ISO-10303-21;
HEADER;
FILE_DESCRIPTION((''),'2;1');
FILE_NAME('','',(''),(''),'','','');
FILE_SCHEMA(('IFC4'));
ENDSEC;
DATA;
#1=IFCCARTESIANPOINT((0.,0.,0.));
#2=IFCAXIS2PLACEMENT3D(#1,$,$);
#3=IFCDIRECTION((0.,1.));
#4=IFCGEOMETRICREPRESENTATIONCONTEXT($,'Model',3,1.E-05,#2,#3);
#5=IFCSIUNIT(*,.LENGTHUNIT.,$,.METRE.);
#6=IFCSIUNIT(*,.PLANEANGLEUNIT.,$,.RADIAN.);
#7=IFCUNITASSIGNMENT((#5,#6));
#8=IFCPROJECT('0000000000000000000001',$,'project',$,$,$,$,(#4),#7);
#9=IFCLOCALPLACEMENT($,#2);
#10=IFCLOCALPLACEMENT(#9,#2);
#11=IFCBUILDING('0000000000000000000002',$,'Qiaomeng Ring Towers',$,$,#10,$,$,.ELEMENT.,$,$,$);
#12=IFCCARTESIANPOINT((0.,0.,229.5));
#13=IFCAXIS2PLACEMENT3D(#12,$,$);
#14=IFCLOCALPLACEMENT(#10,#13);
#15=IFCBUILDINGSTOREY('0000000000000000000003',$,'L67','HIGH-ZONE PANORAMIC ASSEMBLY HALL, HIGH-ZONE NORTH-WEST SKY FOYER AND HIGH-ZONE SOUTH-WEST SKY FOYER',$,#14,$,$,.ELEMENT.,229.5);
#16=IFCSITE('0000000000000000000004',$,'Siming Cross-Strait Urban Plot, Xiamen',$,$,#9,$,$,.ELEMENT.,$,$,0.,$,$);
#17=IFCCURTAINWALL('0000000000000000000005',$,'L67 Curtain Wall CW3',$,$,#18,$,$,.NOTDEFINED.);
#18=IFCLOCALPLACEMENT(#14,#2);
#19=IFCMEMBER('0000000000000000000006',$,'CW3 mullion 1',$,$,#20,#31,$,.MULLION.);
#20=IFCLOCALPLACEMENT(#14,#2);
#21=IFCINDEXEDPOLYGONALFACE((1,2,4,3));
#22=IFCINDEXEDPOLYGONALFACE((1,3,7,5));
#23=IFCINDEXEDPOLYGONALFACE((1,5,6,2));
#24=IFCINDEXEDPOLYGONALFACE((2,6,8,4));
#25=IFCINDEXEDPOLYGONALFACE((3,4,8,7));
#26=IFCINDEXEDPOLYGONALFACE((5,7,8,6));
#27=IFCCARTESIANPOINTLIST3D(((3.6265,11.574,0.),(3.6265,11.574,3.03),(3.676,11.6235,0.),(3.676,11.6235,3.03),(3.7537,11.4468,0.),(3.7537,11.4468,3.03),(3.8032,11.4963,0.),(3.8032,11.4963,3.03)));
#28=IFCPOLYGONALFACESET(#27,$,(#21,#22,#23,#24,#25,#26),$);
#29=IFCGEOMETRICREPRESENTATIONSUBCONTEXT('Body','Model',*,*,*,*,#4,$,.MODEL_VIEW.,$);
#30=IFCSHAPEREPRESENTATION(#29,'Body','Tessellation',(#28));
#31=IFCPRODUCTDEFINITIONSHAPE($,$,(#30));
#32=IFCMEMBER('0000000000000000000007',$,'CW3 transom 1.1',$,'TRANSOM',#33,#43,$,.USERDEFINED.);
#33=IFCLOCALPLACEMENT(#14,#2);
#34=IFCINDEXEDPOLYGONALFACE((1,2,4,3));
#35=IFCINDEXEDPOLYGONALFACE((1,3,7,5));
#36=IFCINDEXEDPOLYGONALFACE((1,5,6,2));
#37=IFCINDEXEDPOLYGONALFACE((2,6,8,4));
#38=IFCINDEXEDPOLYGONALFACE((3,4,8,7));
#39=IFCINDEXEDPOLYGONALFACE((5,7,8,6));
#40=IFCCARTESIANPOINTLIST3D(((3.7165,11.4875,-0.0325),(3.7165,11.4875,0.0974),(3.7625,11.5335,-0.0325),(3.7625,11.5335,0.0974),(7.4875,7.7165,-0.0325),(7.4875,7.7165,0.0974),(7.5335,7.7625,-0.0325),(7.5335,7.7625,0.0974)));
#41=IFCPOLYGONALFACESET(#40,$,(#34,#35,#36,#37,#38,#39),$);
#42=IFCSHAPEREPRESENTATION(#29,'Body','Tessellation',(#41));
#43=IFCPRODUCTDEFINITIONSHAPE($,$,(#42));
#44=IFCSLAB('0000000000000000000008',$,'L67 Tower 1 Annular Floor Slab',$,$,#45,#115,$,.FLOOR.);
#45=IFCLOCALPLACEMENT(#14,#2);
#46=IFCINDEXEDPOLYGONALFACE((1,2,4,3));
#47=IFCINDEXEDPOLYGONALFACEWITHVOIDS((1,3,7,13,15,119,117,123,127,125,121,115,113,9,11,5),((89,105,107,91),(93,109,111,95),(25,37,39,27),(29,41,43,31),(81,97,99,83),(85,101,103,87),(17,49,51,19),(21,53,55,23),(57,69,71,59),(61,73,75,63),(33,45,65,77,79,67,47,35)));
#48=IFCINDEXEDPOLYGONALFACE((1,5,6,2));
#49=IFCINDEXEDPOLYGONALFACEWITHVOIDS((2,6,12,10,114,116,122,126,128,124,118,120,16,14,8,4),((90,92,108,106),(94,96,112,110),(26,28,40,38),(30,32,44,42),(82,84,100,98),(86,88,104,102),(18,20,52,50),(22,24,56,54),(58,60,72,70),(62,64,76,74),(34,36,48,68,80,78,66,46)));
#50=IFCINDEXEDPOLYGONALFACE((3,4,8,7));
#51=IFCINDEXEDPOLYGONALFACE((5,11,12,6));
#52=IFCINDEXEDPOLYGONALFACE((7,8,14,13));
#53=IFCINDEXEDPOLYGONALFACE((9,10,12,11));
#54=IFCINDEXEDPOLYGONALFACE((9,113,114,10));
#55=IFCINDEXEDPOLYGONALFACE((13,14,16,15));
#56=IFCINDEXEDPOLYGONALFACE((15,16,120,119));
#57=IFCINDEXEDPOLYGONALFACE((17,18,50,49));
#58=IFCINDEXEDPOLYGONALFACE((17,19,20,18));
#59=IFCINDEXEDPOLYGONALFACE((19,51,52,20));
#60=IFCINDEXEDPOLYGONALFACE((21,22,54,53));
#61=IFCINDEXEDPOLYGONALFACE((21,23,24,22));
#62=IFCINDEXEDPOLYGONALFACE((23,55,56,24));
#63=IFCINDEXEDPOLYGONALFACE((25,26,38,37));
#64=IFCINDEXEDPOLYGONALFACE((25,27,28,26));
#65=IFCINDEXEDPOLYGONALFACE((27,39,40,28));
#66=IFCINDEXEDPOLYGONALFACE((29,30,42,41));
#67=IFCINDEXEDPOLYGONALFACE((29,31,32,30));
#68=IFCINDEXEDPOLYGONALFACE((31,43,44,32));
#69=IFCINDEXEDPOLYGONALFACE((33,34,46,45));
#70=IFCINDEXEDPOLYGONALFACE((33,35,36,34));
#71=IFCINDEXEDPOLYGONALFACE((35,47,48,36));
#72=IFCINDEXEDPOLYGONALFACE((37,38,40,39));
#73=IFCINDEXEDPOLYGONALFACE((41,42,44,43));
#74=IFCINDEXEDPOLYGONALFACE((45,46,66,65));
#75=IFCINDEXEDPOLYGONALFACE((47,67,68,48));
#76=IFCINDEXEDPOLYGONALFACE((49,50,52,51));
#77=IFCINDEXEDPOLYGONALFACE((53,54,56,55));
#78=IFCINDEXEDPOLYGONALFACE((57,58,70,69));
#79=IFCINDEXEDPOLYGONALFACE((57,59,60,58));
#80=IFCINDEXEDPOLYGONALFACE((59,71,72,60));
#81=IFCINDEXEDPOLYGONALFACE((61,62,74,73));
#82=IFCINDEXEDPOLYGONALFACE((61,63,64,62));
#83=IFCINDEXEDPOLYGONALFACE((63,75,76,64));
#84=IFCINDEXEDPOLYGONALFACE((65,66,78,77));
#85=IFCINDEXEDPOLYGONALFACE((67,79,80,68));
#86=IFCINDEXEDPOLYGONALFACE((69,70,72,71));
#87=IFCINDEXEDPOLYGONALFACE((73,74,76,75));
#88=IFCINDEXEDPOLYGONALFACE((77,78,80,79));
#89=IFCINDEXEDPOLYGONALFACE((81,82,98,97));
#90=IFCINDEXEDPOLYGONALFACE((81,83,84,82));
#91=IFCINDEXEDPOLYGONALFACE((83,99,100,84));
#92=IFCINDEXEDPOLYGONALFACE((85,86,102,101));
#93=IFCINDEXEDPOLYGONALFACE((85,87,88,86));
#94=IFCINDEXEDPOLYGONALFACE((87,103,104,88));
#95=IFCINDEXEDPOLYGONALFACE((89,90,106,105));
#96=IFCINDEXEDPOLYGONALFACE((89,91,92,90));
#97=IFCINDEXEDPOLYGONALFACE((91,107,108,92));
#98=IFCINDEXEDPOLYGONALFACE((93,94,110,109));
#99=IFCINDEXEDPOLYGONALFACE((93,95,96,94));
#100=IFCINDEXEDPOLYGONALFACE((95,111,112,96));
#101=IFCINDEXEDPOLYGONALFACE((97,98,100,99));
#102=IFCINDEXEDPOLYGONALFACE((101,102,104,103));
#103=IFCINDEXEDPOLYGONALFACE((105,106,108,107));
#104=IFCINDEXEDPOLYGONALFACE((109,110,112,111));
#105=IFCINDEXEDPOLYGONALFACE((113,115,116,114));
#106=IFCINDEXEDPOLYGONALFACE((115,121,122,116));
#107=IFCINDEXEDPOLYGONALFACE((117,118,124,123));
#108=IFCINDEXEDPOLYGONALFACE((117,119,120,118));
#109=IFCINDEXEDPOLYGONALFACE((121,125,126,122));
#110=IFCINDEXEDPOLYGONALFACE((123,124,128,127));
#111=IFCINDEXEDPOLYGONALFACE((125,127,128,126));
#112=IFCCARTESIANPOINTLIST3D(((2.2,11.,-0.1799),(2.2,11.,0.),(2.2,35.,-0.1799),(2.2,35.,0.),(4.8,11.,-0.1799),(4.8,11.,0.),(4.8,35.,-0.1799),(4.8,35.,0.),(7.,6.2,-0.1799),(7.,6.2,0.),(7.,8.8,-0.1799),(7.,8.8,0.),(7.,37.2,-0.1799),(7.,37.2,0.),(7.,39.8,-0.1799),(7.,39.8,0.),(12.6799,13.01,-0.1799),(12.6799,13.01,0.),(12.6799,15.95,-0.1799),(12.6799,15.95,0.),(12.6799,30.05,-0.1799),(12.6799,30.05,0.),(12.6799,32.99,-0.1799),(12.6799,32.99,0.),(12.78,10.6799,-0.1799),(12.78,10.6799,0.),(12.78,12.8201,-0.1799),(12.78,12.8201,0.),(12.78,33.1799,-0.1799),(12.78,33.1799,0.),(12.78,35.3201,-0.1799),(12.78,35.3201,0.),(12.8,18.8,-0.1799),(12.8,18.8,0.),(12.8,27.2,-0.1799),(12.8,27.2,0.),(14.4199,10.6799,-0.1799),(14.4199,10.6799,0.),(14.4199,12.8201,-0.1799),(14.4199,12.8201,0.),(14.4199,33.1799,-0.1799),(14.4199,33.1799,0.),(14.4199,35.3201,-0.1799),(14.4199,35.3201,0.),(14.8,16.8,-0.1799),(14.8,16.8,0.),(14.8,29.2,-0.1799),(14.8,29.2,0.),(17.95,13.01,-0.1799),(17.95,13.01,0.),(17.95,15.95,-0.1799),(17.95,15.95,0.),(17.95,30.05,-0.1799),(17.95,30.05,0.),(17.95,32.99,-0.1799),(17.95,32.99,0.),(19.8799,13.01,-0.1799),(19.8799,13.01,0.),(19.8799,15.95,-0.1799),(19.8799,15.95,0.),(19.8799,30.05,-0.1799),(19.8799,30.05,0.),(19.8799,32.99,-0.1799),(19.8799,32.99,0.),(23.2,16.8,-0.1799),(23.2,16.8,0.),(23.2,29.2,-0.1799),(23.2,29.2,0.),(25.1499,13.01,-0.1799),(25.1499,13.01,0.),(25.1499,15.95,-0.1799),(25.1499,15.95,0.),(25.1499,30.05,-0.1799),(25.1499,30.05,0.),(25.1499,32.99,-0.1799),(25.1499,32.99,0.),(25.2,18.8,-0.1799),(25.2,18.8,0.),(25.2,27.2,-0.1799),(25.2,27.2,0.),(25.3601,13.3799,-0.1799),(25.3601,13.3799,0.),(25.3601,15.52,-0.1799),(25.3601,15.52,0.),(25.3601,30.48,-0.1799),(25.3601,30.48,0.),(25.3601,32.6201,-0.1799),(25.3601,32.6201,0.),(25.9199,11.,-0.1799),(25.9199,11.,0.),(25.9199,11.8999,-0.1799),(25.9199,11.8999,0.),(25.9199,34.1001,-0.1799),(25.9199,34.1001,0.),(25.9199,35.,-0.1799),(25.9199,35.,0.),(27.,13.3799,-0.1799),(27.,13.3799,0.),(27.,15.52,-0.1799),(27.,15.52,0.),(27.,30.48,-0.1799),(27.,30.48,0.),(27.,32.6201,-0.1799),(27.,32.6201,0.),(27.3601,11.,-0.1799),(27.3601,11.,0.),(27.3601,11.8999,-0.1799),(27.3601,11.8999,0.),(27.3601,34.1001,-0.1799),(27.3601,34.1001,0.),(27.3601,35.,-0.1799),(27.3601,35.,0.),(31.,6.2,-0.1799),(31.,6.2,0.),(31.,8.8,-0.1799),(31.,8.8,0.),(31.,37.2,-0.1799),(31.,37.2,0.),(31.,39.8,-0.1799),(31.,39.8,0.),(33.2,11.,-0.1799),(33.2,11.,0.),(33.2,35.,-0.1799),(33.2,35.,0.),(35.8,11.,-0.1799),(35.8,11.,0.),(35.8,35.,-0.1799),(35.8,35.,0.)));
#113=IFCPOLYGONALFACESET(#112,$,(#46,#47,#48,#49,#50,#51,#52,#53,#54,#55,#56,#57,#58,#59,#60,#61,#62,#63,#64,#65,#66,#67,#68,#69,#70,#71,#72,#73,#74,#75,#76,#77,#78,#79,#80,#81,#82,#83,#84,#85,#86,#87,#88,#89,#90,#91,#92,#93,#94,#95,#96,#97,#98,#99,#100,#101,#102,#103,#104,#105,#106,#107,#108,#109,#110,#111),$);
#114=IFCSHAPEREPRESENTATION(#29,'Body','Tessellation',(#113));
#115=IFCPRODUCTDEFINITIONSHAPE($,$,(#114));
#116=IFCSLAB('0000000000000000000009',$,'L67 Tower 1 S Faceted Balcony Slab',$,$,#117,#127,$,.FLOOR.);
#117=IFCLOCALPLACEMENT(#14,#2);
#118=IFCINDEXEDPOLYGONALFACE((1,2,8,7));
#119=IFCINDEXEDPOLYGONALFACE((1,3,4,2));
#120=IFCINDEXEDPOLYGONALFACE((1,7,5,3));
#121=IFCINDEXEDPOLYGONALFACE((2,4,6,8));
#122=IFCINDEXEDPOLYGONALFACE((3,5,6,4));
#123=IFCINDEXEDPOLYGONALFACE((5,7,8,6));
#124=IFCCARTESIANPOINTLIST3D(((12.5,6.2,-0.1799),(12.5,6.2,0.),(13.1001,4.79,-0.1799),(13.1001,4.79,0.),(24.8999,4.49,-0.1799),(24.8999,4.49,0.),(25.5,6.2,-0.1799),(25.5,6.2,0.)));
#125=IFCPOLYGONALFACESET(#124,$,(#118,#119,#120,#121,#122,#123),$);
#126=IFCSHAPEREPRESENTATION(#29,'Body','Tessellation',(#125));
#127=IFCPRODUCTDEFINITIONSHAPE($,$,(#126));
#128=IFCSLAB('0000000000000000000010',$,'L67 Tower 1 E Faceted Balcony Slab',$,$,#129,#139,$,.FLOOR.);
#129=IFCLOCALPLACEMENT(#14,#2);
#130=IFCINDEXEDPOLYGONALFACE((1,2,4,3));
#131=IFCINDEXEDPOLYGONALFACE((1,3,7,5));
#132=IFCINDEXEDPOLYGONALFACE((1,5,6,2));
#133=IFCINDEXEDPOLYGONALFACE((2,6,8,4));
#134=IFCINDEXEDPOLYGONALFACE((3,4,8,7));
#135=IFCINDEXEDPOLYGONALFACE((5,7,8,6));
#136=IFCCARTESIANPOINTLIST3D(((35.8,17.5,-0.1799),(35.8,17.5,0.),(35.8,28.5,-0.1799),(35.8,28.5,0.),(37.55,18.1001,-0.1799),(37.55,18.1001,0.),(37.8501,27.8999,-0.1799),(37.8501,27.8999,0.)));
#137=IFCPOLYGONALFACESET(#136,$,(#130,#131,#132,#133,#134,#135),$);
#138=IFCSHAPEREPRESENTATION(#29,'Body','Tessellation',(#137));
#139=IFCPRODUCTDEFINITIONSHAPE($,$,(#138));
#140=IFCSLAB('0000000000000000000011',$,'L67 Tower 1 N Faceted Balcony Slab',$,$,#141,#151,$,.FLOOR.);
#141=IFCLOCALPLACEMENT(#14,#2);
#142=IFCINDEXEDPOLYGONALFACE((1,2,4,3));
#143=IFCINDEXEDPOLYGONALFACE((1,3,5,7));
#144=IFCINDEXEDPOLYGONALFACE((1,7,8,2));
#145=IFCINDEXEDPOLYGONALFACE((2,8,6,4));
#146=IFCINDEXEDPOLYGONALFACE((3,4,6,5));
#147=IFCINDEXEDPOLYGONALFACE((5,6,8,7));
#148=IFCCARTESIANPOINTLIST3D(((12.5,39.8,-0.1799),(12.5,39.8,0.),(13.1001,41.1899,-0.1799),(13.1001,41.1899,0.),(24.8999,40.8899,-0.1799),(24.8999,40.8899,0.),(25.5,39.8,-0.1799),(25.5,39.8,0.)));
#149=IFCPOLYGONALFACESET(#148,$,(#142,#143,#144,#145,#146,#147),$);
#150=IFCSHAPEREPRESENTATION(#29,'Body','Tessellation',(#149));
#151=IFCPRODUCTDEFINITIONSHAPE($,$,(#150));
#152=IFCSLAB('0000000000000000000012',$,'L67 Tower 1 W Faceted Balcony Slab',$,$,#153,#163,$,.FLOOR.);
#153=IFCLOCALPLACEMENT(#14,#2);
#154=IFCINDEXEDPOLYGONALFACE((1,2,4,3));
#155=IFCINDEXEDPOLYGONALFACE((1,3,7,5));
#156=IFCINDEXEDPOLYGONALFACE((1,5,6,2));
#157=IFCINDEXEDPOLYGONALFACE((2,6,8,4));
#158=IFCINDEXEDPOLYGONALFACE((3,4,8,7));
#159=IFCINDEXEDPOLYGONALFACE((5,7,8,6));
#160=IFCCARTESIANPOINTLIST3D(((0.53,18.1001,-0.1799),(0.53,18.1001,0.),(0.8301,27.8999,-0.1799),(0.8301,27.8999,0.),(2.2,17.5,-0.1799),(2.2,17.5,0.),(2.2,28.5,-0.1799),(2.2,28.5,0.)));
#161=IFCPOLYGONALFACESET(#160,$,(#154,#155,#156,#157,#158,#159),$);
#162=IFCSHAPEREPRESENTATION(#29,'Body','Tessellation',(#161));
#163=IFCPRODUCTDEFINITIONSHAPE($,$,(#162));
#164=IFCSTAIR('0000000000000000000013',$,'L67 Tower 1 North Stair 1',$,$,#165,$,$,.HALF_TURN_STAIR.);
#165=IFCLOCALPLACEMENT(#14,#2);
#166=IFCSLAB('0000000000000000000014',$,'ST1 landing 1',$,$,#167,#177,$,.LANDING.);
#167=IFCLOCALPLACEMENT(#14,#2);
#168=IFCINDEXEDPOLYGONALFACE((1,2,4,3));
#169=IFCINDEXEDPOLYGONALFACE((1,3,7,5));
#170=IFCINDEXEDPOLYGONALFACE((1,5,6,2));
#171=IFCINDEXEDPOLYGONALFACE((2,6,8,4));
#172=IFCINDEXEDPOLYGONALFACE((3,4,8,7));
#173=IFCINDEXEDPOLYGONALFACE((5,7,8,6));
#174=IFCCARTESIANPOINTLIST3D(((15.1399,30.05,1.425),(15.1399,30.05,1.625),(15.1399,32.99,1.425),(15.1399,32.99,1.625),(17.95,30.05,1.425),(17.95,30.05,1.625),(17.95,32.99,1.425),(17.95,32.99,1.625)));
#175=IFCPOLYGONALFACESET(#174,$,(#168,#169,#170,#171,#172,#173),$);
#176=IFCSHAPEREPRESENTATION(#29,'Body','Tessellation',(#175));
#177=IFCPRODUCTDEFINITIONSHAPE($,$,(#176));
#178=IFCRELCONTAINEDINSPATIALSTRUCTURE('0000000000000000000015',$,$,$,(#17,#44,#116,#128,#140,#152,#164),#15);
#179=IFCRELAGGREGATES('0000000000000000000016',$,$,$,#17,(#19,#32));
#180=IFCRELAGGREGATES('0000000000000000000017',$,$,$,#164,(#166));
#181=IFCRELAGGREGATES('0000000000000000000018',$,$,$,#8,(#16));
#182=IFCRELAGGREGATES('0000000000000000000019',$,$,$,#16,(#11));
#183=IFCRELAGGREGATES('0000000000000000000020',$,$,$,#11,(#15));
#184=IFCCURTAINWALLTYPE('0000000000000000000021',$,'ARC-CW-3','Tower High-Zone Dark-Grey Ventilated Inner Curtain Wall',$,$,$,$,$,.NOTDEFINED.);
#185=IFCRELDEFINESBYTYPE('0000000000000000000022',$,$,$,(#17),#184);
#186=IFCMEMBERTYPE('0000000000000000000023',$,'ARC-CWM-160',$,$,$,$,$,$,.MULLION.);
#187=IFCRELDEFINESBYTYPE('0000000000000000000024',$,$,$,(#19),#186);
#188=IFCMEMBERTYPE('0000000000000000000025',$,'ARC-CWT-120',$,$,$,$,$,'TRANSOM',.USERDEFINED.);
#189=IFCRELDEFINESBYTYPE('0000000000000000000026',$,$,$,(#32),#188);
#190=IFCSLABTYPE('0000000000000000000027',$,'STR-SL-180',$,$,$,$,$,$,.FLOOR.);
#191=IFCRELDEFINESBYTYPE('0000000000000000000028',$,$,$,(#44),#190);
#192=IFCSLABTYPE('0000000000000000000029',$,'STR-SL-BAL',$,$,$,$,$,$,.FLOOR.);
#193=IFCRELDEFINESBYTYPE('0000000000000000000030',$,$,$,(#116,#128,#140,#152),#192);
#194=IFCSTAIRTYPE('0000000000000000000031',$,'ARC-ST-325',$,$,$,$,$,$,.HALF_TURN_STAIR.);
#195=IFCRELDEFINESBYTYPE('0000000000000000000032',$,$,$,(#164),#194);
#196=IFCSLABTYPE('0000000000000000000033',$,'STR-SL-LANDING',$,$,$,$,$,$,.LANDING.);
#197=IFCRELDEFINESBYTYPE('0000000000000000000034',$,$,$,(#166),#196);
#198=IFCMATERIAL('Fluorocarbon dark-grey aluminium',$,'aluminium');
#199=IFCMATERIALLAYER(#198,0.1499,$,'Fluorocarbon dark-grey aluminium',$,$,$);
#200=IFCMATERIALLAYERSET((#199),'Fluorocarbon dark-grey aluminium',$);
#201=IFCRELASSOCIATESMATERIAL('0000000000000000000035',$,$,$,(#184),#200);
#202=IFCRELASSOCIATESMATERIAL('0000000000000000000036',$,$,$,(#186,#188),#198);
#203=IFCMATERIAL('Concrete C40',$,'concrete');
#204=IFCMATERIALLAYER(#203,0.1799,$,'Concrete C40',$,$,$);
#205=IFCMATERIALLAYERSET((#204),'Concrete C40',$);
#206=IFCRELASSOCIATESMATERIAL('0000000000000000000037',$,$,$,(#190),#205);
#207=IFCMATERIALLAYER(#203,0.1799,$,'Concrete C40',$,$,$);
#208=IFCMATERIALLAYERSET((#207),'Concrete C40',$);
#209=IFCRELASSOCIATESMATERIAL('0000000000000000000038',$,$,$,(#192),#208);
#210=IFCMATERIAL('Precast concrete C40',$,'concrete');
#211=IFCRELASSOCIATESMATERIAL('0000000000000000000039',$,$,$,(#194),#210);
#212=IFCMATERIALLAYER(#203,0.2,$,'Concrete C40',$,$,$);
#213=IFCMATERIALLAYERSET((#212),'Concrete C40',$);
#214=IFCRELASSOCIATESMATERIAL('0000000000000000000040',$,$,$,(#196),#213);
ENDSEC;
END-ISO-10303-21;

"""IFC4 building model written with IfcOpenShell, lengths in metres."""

from ifc_helpers import new_model, si_unit, direction, frame, origin, origin_2d, place, context, subcontext, project, spatial, polyline, rectangle, outline, extrude, source, transform, mapped, material, layer, layer_set, material_profile, profile_set, type_object, element, aggregate, save


model = new_model("IFC4")

# Units and contexts
model_context = context("Model", 3, precision=1e-05, world=origin(), true_north=direction((0.0, 1.0)))
body_context = subcontext(model_context, "Body", "Model", "MODEL_VIEW")
ifc_project = project(units=[si_unit("LENGTHUNIT", "METRE"), si_unit("PLANEANGLEUNIT", "RADIAN")], contexts=[model_context])

# Site, building, storey
site_placement = place(None, origin())
site = spatial("IfcSite", under=ifc_project, at=site_placement, Name="Siming Cross-Strait Urban Plot, Xiamen", CompositionType="ELEMENT", RefElevation=0.0)
building_placement = place(site_placement, origin())
building = spatial("IfcBuilding", under=site, at=building_placement, Name="Qiaomeng Ring Towers", CompositionType="ELEMENT")
storey_placement = place(building_placement, frame((0.0, 0.0, 229.5)))
storey = spatial("IfcBuildingStorey", under=building, at=storey_placement, Name="L67", Description="HIGH-ZONE PANORAMIC ASSEMBLY HALL, HIGH-ZONE NORTH-WEST SKY FOYER AND HIGH-ZONE SOUTH-WEST SKY FOYER", CompositionType="ELEMENT", Elevation=229.5)

# Curtain wall, members
ifc_material_1 = material(Name="Fluorocarbon dark-grey aluminium", Category="aluminium")
ifc_layer_1 = layer(ifc_material_1, 0.1499, Name="Fluorocarbon dark-grey aluminium")
ifc_layer_set_1 = layer_set([ifc_layer_1], Name="Fluorocarbon dark-grey aluminium")
curtain_wall_type = type_object("IfcCurtainWallType", Name="ARC-CW-3", Description="Tower High-Zone Dark-Grey Ventilated Inner Curtain Wall", PredefinedType="NOTDEFINED", material=ifc_layer_set_1)
curtain_wall_placement = place(storey_placement, origin())
curtain_wall = element("IfcCurtainWall", 1, at=curtain_wall_placement, inside=storey, type_object=curtain_wall_type, Name="L67 Curtain Wall CW3", PredefinedType="NOTDEFINED")
ifc_material_profile_1 = material_profile(ifc_material_1, rectangle(XDim=0.0701, YDim=0.1799, at=origin_2d()), Name="ALU MULL 70x180")
ifc_profile_set_1 = profile_set([ifc_material_profile_1], Name="Fluorocarbon dark-grey aluminium")
member_type_1 = type_object("IfcMemberType", Name="ARC-CWM-160", PredefinedType="MULLION", material=ifc_profile_set_1)
shared_shape_1 = source(origin(), body_context, "Body", "SweptSolid", [
    extrude(rectangle(XDim=0.0701, YDim=0.1799, at=origin_2d()), origin(), (0.0, 0.0, 1.0), 3.03),
])
member_1_placement = place(storey_placement, frame((3.7148, 11.5352, 0.0), z_axis=(0.0, 0.0, 1.0), x_axis=(0.707107, 0.707107, 0.0)))
member_1 = element("IfcMember", 2, at=member_1_placement, type_object=member_type_1, Name="CW3 mullion 1", PredefinedType="MULLION", context=body_context, shape_type="MappedRepresentation", body=[
    mapped(shared_shape_1, transform((0.0, 0.0, 0.0), x_axis=(1.0, 0.0, 0.0), y_axis=(0.0, 1.0, 0.0), z_axis=(0.0, 0.0, 1.0), scale=1.0)),
])
ifc_material_profile_2 = material_profile(ifc_material_1, rectangle(XDim=0.0649, YDim=0.1299, at=origin_2d()), Name="ALU TRAN 65x130")
ifc_profile_set_2 = profile_set([ifc_material_profile_2], Name="Fluorocarbon dark-grey aluminium")
member_type_2 = type_object("IfcMemberType", Name="ARC-CWT-120", ElementType="TRANSOM", PredefinedType="USERDEFINED", material=ifc_profile_set_2)
shared_shape_2 = source(origin(), body_context, "Body", "SweptSolid", [
    extrude(rectangle(XDim=0.0649, YDim=0.1299, at=origin_2d()), origin(), (0.0, 0.0, 1.0), 5.333),
])
member_2_placement = place(storey_placement, frame((3.7395, 11.5105, 0.0325), z_axis=(0.707107, -0.707107, 0.0), x_axis=(0.707107, 0.707107, 0.0)))
member_2 = element("IfcMember", 3, at=member_2_placement, type_object=member_type_2, Name="CW3 transom 1.1", ObjectType="TRANSOM", PredefinedType="USERDEFINED", context=body_context, shape_type="MappedRepresentation", body=[
    mapped(shared_shape_2, transform((0.0, 0.0, 0.0), x_axis=(1.0, 0.0, 0.0), y_axis=(0.0, 1.0, 0.0), z_axis=(0.0, 0.0, 1.0), scale=1.0)),
])
aggregate(curtain_wall, [member_1, member_2])

# Slabs
ifc_material_2 = material(Name="Concrete C40", Category="concrete")
ifc_layer_2 = layer(ifc_material_2, 0.1799, Name="Concrete C40")
ifc_layer_set_2 = layer_set([ifc_layer_2], Name="Concrete C40")
slab_type_1 = type_object("IfcSlabType", Name="STR-SL-180", PredefinedType="FLOOR", material=ifc_layer_set_2)
slab_1_placement = place(storey_placement, frame((0.0, 0.0, -0.1799)))
element("IfcSlab", 4, at=slab_1_placement, inside=storey, type_object=slab_type_1, Name="L67 Tower 1 Annular Floor Slab", PredefinedType="FLOOR", context=body_context, shape_type="SweptSolid", body=[
    extrude(outline(polyline([(7.0, 6.2), (31.0, 6.2), (31.0, 8.8), (33.2, 11.0), (35.8, 11.0), (35.8, 35.0), (33.2, 35.0), (31.0, 37.2), (31.0, 39.8), (7.0, 39.8), (7.0, 37.2), (4.8, 35.0), (2.2, 35.0), (2.2, 11.0), (4.8, 11.0), (7.0, 8.8), (7.0, 6.2)]), holes=[polyline([(12.78, 10.6799), (12.78, 12.8201), (14.4199, 12.8201), (14.4199, 10.6799), (12.78, 10.6799)]), polyline([(12.6799, 13.01), (12.6799, 15.95), (17.95, 15.95), (17.95, 13.01), (12.6799, 13.01)]), polyline([(23.2, 29.2), (25.2, 27.2), (25.2, 18.8), (23.2, 16.8), (14.8, 16.8), (12.8, 18.8), (12.8, 27.2), (14.8, 29.2), (23.2, 29.2)]), polyline([(12.6799, 32.99), (17.95, 32.99), (17.95, 30.05), (12.6799, 30.05), (12.6799, 32.99)]), polyline([(19.8799, 32.99), (25.1499, 32.99), (25.1499, 30.05), (19.8799, 30.05), (19.8799, 32.99)]), polyline([(12.78, 33.1799), (12.78, 35.3201), (14.4199, 35.3201), (14.4199, 33.1799), (12.78, 33.1799)]), polyline([(25.9199, 11.8999), (27.3601, 11.8999), (27.3601, 11.0), (25.9199, 11.0), (25.9199, 11.8999)]), polyline([(25.3601, 15.52), (27.0, 15.52), (27.0, 13.3799), (25.3601, 13.3799), (25.3601, 15.52)]), polyline([(19.8799, 13.01), (19.8799, 15.95), (25.1499, 15.95), (25.1499, 13.01), (19.8799, 13.01)]), polyline([(25.3601, 32.6201), (27.0, 32.6201), (27.0, 30.48), (25.3601, 30.48), (25.3601, 32.6201)]), polyline([(25.9199, 35.0), (27.3601, 35.0), (27.3601, 34.1001), (25.9199, 34.1001), (25.9199, 35.0)])]), origin(), (0.0, 0.0, 1.0), 0.1799),
])
ifc_layer_3 = layer(ifc_material_2, 0.1799, Name="Concrete C40")
ifc_layer_set_3 = layer_set([ifc_layer_3], Name="Concrete C40")
slab_type_2 = type_object("IfcSlabType", Name="STR-SL-BAL", PredefinedType="FLOOR", material=ifc_layer_set_3)
slab_2_placement = place(storey_placement, frame((0.0, 0.0, -0.1799)))
element("IfcSlab", 5, at=slab_2_placement, inside=storey, type_object=slab_type_2, Name="L67 Tower 1 S Faceted Balcony Slab", PredefinedType="FLOOR", context=body_context, shape_type="SweptSolid", body=[
    extrude(outline(polyline([(25.5, 6.2), (24.8999, 4.49), (13.1001, 4.79), (12.5, 6.2), (25.5, 6.2)])), origin(), (0.0, 0.0, 1.0), 0.1799),
])
slab_3_placement = place(storey_placement, frame((0.0, 0.0, -0.1799)))
element("IfcSlab", 6, at=slab_3_placement, inside=storey, type_object=slab_type_2, Name="L67 Tower 1 E Faceted Balcony Slab", PredefinedType="FLOOR", context=body_context, shape_type="SweptSolid", body=[
    extrude(outline(polyline([(37.8501, 27.8999), (37.55, 18.1001), (35.8, 17.5), (35.8, 28.5), (37.8501, 27.8999)])), origin(), (0.0, 0.0, 1.0), 0.1799),
])
slab_4_placement = place(storey_placement, frame((0.0, 0.0, -0.1799)))
element("IfcSlab", 7, at=slab_4_placement, inside=storey, type_object=slab_type_2, Name="L67 Tower 1 N Faceted Balcony Slab", PredefinedType="FLOOR", context=body_context, shape_type="SweptSolid", body=[
    extrude(outline(polyline([(12.5, 39.8), (13.1001, 41.1899), (24.8999, 40.8899), (25.5, 39.8), (12.5, 39.8)])), origin(), (0.0, 0.0, 1.0), 0.1799),
])
slab_5_placement = place(storey_placement, frame((0.0, 0.0, -0.1799)))
element("IfcSlab", 8, at=slab_5_placement, inside=storey, type_object=slab_type_2, Name="L67 Tower 1 W Faceted Balcony Slab", PredefinedType="FLOOR", context=body_context, shape_type="SweptSolid", body=[
    extrude(outline(polyline([(0.53, 18.1001), (0.8301, 27.8999), (2.2, 28.5), (2.2, 17.5), (0.53, 18.1001)])), origin(), (0.0, 0.0, 1.0), 0.1799),
])

# Stair, slab
ifc_material_3 = material(Name="Precast concrete C40", Category="concrete")
stair_type = type_object("IfcStairType", Name="ARC-ST-325", PredefinedType="HALF_TURN_STAIR", material=ifc_material_3)
stair_1_placement = place(storey_placement, origin())
stair_1 = element("IfcStair", 9, at=stair_1_placement, inside=storey, type_object=stair_type, Name="L67 Tower 1 North Stair 1", PredefinedType="HALF_TURN_STAIR")
ifc_layer_4 = layer(ifc_material_2, 0.2, Name="Concrete C40")
ifc_layer_set_4 = layer_set([ifc_layer_4], Name="Concrete C40")
slab_type_3 = type_object("IfcSlabType", Name="STR-SL-LANDING", PredefinedType="LANDING", material=ifc_layer_set_4)
slab_6_placement = place(storey_placement, frame((0.0, 0.0, 1.425)))
slab_6 = element("IfcSlab", 10, at=slab_6_placement, type_object=slab_type_3, Name="ST1 landing 1", PredefinedType="LANDING", context=body_context, shape_type="SweptSolid", body=[
    extrude(outline(polyline([(15.1399, 30.05), (17.95, 30.05), (17.95, 32.99), (15.1399, 32.99), (15.1399, 30.05)])), origin(), (0.0, 0.0, 1.0), 0.2),
])
aggregate(stair_1, [slab_6])

save(model, "model.ifc")
